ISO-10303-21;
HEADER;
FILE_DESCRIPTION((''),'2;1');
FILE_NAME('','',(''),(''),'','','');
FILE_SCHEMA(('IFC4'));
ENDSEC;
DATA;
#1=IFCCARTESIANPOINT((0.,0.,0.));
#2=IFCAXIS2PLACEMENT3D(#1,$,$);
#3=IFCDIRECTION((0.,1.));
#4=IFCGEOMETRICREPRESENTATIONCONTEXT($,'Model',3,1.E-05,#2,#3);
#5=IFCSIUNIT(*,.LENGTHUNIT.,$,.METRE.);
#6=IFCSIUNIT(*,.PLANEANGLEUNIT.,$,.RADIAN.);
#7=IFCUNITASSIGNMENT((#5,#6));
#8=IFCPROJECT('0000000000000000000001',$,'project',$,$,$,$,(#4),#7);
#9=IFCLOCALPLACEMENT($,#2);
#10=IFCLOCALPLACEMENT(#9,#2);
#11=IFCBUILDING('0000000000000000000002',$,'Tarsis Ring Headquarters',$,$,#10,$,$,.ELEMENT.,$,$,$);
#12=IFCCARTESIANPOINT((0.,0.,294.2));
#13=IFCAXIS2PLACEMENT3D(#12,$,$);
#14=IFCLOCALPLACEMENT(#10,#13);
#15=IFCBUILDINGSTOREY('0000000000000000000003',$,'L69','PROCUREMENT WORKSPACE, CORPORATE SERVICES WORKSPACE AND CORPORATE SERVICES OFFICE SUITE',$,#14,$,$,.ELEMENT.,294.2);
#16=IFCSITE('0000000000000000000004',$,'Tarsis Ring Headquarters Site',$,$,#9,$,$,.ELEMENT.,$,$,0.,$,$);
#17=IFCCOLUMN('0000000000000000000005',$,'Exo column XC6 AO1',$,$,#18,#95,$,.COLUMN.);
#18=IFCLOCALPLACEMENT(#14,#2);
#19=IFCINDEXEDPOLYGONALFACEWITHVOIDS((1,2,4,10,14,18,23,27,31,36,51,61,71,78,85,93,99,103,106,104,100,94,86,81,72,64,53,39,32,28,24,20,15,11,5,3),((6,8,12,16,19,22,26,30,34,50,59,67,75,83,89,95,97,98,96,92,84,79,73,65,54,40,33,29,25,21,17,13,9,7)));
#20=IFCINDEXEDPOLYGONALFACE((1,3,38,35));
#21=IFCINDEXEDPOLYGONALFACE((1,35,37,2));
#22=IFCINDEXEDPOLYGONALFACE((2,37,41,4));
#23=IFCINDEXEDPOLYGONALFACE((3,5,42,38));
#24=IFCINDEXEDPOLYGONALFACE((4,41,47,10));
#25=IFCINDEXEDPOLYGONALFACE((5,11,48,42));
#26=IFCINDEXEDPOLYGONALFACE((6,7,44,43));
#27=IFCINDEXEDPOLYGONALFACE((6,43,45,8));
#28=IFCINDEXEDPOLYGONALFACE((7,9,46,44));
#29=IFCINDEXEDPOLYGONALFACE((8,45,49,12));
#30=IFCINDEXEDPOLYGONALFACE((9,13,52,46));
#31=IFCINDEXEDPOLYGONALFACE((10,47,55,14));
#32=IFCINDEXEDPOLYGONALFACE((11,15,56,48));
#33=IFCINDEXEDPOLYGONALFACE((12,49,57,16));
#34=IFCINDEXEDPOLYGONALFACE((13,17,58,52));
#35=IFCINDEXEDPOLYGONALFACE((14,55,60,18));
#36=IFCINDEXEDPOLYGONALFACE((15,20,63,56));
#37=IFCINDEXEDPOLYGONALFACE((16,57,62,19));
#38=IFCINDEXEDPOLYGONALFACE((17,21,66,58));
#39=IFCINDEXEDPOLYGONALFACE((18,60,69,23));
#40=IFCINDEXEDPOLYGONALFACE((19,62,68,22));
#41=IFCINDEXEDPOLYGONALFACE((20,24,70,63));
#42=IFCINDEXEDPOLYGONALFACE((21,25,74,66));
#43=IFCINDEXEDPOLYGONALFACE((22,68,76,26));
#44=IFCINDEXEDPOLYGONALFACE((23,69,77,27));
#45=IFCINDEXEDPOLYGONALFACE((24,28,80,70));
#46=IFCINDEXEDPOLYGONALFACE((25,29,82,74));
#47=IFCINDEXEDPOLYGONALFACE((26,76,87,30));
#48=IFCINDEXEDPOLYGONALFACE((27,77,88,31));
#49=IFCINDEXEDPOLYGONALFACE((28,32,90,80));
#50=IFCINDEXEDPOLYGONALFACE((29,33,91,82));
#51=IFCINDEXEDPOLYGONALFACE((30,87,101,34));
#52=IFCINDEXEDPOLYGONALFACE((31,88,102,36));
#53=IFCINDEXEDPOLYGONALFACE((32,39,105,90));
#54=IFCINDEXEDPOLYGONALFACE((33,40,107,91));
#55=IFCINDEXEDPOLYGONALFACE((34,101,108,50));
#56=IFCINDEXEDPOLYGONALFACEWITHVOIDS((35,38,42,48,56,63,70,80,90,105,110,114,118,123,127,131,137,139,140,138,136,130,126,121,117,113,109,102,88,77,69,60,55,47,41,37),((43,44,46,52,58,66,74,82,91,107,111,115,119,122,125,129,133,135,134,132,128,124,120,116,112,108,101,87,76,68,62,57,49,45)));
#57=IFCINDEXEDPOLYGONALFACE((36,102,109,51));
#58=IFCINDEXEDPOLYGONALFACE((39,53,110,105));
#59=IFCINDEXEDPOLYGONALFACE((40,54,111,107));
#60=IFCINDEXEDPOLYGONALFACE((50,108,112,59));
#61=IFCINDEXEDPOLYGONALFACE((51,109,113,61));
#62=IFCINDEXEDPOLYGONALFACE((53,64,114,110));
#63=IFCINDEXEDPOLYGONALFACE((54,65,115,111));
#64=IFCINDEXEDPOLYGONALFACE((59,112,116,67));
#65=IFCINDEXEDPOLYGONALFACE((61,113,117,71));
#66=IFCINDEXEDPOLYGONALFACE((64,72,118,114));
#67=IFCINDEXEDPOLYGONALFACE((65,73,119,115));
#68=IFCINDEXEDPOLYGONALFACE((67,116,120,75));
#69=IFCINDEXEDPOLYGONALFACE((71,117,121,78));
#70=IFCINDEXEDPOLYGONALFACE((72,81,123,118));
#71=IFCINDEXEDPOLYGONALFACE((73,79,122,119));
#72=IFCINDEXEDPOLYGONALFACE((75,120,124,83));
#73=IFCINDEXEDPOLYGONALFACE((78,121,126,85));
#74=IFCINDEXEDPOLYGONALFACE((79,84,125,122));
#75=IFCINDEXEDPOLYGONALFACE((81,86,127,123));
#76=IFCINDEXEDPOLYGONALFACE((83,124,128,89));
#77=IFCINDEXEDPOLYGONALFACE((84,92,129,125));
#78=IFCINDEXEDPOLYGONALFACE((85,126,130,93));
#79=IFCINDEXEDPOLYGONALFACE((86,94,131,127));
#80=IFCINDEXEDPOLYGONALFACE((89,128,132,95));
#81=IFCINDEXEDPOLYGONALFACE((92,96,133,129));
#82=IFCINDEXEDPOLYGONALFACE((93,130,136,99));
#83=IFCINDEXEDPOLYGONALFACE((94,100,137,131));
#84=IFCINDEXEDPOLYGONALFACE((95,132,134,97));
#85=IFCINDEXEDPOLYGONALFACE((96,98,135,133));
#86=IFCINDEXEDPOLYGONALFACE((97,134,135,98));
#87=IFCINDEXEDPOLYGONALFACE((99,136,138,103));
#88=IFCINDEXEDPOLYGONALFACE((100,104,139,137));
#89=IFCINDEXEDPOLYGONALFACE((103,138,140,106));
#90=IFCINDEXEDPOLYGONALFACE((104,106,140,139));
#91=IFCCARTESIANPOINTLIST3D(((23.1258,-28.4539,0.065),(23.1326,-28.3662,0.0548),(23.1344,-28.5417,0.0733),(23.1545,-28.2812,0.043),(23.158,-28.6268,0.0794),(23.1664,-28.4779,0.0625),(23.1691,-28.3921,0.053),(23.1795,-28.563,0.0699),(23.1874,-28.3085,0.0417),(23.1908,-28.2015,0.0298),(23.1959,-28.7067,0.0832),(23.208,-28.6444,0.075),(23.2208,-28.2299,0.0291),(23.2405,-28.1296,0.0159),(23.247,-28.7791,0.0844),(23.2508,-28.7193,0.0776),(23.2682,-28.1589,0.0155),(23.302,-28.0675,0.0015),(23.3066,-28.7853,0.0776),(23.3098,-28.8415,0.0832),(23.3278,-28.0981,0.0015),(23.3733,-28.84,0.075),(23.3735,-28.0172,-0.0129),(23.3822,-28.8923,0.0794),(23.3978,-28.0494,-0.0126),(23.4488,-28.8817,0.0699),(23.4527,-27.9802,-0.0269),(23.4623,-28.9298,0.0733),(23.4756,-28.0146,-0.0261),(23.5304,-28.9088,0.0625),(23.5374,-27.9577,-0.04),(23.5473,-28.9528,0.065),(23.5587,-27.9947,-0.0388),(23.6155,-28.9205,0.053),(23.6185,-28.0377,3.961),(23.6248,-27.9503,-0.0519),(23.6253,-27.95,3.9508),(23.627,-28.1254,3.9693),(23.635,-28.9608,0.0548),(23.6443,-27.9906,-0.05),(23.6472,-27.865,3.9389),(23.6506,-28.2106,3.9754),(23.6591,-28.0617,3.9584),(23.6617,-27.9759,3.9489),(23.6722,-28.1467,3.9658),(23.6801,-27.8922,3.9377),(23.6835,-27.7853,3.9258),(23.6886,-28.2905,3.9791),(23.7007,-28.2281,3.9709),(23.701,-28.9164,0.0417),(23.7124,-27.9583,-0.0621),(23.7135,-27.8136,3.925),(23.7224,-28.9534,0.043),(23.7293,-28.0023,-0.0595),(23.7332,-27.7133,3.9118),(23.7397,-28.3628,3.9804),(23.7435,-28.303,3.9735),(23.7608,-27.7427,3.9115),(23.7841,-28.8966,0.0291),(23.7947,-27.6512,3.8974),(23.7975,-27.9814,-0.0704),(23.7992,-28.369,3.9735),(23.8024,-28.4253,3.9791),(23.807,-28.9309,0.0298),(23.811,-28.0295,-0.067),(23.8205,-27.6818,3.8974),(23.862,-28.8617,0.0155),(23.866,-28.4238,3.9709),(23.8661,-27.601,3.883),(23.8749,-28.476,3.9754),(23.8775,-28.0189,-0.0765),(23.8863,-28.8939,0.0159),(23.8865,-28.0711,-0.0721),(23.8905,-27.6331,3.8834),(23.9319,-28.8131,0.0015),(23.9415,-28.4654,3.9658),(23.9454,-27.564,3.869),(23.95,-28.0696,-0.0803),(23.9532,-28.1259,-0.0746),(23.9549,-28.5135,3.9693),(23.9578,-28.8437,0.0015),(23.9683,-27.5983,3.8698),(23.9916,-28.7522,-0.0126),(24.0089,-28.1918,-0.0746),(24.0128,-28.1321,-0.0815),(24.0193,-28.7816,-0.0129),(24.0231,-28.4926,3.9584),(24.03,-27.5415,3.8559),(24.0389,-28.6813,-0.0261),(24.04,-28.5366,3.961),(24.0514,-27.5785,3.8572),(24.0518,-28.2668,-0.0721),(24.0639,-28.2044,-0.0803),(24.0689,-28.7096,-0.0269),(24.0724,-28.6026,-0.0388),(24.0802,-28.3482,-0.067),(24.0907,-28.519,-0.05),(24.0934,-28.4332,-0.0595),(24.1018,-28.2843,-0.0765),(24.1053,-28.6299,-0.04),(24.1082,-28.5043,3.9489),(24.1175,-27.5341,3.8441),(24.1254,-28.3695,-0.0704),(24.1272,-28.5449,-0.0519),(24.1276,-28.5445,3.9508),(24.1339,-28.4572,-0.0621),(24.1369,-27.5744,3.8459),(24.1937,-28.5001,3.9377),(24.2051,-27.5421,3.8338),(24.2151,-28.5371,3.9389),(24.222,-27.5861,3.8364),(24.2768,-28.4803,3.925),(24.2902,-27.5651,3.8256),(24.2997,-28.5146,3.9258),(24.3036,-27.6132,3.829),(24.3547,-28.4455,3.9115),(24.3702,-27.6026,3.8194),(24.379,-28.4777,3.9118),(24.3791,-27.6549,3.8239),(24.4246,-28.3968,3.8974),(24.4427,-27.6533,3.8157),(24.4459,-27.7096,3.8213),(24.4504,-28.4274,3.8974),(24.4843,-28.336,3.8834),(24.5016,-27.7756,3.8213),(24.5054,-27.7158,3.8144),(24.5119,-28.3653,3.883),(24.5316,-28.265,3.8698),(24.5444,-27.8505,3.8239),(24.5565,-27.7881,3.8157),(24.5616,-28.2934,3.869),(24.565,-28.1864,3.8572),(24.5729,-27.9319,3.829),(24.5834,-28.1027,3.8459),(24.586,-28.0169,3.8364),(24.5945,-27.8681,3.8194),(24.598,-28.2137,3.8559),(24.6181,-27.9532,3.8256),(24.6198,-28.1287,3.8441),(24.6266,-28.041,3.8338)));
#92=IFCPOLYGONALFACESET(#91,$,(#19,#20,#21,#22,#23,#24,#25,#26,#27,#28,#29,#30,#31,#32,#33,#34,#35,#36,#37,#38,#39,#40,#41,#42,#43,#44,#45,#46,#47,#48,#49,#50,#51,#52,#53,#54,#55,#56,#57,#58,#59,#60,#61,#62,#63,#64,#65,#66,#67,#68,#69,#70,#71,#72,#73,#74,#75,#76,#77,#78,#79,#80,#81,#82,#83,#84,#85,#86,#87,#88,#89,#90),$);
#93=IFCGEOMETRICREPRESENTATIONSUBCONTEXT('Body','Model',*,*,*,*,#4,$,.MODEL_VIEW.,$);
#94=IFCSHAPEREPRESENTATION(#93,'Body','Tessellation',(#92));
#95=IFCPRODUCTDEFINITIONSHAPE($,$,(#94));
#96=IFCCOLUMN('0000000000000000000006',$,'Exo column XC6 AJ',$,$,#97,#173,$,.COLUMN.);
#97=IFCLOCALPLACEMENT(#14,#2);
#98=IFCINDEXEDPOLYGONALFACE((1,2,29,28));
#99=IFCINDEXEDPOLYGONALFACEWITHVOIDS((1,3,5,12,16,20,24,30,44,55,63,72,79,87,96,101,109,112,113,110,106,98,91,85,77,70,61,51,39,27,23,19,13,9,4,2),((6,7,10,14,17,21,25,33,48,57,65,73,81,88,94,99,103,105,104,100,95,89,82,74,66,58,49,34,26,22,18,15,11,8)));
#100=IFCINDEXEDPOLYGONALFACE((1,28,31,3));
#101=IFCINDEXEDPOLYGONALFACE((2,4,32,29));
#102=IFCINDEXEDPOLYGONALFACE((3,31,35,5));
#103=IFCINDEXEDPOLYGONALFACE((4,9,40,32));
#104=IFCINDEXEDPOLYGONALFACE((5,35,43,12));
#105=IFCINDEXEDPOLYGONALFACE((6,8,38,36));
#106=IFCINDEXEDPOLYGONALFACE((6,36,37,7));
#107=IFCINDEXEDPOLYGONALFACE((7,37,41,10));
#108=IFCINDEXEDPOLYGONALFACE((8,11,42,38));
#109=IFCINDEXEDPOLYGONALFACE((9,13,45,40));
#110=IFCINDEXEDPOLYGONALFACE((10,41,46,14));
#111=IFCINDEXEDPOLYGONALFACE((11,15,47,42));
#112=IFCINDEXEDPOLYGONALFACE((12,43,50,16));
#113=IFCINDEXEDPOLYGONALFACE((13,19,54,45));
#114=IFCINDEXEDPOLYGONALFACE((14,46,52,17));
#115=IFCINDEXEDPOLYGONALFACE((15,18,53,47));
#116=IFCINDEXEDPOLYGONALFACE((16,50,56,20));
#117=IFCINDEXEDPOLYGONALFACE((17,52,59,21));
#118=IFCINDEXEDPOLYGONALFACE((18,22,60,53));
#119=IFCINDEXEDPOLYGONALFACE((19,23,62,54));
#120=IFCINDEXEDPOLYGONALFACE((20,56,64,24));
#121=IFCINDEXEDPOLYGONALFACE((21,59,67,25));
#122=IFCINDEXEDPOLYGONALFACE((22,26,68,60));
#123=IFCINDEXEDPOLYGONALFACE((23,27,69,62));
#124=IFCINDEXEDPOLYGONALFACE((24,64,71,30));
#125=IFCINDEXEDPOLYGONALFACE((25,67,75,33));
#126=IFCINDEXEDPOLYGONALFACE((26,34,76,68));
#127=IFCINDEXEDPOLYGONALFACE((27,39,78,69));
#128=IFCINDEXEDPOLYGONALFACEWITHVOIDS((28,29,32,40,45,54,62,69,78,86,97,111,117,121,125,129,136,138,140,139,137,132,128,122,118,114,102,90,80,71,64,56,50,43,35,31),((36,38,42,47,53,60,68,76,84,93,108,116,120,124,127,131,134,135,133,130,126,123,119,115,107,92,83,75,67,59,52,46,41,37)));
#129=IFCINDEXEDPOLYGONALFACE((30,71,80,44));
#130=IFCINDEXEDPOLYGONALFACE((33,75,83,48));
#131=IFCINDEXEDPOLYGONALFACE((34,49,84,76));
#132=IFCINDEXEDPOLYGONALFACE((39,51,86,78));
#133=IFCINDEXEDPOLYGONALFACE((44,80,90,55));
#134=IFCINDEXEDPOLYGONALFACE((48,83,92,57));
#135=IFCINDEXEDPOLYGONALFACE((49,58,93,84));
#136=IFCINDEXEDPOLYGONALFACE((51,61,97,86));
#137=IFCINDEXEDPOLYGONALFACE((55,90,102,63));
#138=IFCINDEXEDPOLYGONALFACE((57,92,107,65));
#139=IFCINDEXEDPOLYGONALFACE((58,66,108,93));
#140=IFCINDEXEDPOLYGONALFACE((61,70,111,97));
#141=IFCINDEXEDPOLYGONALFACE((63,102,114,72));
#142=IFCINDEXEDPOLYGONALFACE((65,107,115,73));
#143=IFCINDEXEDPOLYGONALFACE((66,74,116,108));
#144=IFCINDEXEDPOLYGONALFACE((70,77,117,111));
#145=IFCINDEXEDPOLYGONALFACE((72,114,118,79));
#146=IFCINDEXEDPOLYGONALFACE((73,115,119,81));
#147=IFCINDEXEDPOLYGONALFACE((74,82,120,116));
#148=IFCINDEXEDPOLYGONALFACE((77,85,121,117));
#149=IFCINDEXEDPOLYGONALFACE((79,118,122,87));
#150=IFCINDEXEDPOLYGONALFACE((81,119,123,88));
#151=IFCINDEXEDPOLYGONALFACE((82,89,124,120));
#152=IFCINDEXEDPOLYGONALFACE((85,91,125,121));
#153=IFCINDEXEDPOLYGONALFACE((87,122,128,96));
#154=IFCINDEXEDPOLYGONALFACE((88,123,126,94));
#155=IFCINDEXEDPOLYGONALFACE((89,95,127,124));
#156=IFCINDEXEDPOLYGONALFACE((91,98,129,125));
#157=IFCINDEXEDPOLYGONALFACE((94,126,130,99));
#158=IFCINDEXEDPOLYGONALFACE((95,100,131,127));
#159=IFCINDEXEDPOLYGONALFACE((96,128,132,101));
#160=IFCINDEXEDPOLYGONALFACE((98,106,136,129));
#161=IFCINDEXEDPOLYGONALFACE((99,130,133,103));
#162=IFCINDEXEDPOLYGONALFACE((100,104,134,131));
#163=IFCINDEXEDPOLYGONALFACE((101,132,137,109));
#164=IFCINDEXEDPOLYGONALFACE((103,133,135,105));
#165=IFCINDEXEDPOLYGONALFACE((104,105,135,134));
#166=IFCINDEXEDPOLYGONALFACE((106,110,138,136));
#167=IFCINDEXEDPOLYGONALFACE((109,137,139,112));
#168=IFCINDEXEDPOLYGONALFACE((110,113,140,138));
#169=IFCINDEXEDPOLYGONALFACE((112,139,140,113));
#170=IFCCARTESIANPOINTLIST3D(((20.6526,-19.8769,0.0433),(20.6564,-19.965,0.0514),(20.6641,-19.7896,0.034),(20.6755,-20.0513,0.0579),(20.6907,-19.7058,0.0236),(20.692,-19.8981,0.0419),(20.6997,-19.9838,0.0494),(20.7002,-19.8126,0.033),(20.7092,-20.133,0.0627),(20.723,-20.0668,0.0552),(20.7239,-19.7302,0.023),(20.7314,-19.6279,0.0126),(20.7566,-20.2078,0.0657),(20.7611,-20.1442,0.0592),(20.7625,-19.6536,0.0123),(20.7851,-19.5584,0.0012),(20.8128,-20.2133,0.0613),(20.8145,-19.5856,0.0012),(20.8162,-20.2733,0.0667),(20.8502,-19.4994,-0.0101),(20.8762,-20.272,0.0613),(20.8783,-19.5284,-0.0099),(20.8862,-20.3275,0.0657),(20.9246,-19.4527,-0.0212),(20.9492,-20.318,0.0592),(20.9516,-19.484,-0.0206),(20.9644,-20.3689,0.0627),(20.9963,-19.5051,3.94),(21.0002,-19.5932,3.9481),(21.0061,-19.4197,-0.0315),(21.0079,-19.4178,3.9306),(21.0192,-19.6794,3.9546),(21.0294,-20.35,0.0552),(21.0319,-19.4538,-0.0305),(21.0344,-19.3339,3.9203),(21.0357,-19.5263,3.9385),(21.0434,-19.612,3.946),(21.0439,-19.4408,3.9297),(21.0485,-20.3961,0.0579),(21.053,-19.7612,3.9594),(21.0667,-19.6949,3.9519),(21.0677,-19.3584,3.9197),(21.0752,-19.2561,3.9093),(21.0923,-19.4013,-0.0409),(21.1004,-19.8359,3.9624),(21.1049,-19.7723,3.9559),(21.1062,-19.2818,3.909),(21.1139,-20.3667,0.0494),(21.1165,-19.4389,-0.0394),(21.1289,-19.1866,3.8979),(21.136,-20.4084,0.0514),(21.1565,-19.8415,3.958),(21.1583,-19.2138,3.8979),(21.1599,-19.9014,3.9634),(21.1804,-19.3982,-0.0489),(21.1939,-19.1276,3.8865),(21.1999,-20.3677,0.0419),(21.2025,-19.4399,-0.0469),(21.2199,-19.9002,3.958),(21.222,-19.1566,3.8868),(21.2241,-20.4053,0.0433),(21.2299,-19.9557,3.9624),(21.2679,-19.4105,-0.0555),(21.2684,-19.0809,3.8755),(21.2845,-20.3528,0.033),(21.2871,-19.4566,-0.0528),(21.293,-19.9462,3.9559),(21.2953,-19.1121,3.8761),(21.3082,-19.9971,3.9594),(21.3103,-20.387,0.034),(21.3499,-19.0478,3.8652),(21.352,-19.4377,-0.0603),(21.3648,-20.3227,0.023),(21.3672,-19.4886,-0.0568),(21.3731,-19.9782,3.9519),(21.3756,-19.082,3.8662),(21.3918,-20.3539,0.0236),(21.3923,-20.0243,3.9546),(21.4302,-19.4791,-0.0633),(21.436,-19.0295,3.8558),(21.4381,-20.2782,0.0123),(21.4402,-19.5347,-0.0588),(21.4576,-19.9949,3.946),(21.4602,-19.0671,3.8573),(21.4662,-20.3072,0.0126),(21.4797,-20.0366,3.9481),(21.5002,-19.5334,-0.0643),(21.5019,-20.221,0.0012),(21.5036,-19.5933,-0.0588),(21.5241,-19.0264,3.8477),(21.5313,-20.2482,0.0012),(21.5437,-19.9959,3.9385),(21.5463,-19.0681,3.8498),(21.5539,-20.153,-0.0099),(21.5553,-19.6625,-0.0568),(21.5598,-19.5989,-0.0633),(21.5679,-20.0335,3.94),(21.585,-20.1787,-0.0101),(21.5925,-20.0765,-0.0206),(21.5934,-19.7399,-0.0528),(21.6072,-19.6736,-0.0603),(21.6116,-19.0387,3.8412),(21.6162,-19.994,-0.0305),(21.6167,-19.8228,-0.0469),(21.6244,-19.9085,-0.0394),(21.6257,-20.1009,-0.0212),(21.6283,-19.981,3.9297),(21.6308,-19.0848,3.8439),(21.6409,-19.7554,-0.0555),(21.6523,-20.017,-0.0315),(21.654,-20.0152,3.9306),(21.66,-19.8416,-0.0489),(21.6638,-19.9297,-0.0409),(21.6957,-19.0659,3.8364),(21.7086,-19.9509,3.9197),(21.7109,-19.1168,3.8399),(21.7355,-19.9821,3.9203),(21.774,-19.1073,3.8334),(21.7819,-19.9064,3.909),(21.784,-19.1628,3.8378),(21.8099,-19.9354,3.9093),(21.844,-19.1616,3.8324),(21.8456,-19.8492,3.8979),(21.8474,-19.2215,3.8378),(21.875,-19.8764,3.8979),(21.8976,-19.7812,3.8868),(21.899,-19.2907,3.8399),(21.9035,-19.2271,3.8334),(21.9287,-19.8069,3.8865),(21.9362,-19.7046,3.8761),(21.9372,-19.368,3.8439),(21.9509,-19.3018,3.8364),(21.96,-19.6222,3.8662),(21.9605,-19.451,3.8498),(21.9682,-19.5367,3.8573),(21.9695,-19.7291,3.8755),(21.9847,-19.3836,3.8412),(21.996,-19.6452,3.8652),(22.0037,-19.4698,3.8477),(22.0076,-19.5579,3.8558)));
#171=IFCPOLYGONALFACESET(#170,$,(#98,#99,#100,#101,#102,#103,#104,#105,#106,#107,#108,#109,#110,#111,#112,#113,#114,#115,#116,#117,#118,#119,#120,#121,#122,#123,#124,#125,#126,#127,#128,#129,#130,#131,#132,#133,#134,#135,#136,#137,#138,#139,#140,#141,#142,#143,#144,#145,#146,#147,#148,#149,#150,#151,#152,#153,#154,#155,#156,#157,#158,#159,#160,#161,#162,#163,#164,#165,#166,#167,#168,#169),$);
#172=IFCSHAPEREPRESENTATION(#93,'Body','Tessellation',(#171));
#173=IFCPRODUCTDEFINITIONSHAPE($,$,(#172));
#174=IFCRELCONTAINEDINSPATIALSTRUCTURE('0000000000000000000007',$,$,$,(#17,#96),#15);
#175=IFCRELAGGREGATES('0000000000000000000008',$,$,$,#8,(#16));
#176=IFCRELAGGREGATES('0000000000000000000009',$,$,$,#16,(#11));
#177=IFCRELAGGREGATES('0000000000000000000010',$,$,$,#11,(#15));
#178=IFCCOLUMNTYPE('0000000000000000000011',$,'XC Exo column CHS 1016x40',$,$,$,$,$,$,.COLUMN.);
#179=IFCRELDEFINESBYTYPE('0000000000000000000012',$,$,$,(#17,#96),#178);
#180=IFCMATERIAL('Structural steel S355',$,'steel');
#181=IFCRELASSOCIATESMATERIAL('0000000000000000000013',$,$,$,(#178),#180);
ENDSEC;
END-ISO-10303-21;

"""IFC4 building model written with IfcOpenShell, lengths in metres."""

from ifc_helpers import new_model, si_unit, direction, frame, origin, origin_2d, place, context, subcontext, project, spatial, hollow_circle, extrude, material, material_profile, profile_set, type_object, element, save


model = new_model("IFC4")

# Units and contexts
model_context = context("Model", 3, precision=1e-05, world=origin(), true_north=direction((0.0, 1.0)))
body_context = subcontext(model_context, "Body", "Model", "MODEL_VIEW")
ifc_project = project(units=[si_unit("LENGTHUNIT", "METRE"), si_unit("PLANEANGLEUNIT", "RADIAN")], contexts=[model_context])

# Site, building, storey
site_placement = place(None, origin())
site = spatial("IfcSite", under=ifc_project, at=site_placement, Name="Tarsis Ring Headquarters Site", CompositionType="ELEMENT", RefElevation=0.0)
building_placement = place(site_placement, origin())
building = spatial("IfcBuilding", under=site, at=building_placement, Name="Tarsis Ring Headquarters", CompositionType="ELEMENT")
storey_placement = place(building_placement, frame((0.0, 0.0, 294.2)))
storey = spatial("IfcBuildingStorey", under=building, at=storey_placement, Name="L69", Description="PROCUREMENT WORKSPACE, CORPORATE SERVICES WORKSPACE AND CORPORATE SERVICES OFFICE SUITE", CompositionType="ELEMENT", Elevation=294.2)

# Columns
ifc_material_1 = material(Name="Structural steel S355", Category="steel")
ifc_material_profile_1 = material_profile(ifc_material_1, hollow_circle(Radius=0.5081, WallThickness=0.04, at=origin_2d()), Name="CHS 1016x40")
ifc_profile_set_1 = profile_set([ifc_material_profile_1], Name="Structural steel S355")
column_type = type_object("IfcColumnType", Name="XC Exo column CHS 1016x40", PredefinedType="COLUMN", material=ifc_profile_set_1)
column_placement = place(storey_placement, frame((23.6299, -28.4556, 0.0015), z_axis=(0.124759, 0.105408, 0.986572), x_axis=(-0.645382, 0.76386, 0.0)))
element("IfcColumn", 1, at=column_placement, inside=storey, type_object=column_type, Name="Exo column XC6 AO1", PredefinedType="COLUMN", context=body_context, shape_type="SweptSolid", body=[
    extrude(hollow_circle(Radius=0.5081, WallThickness=0.04, at=origin_2d()), origin(), (0.0, 0.0, 1.0), 3.949),
])
for number, where, z_axis, x_axis, name in (
    (2, (21.1582, -19.9033, 0.0012), (0.087479, 0.094624, 0.991662), (-0.734286, 0.678841, 0.0), "Exo column XC6 AJ"),
):
    element("IfcColumn", number, at=place(storey_placement, frame(where, z_axis=z_axis, x_axis=x_axis)), inside=storey, type_object=column_type, Name=name, PredefinedType="COLUMN", context=body_context, shape_type="SweptSolid", body=[
        extrude(hollow_circle(Radius=0.5081, WallThickness=0.04, at=origin_2d()), origin(), (0.0, 0.0, 1.0), 3.9294),
    ])

save(model, "model.ifc")
